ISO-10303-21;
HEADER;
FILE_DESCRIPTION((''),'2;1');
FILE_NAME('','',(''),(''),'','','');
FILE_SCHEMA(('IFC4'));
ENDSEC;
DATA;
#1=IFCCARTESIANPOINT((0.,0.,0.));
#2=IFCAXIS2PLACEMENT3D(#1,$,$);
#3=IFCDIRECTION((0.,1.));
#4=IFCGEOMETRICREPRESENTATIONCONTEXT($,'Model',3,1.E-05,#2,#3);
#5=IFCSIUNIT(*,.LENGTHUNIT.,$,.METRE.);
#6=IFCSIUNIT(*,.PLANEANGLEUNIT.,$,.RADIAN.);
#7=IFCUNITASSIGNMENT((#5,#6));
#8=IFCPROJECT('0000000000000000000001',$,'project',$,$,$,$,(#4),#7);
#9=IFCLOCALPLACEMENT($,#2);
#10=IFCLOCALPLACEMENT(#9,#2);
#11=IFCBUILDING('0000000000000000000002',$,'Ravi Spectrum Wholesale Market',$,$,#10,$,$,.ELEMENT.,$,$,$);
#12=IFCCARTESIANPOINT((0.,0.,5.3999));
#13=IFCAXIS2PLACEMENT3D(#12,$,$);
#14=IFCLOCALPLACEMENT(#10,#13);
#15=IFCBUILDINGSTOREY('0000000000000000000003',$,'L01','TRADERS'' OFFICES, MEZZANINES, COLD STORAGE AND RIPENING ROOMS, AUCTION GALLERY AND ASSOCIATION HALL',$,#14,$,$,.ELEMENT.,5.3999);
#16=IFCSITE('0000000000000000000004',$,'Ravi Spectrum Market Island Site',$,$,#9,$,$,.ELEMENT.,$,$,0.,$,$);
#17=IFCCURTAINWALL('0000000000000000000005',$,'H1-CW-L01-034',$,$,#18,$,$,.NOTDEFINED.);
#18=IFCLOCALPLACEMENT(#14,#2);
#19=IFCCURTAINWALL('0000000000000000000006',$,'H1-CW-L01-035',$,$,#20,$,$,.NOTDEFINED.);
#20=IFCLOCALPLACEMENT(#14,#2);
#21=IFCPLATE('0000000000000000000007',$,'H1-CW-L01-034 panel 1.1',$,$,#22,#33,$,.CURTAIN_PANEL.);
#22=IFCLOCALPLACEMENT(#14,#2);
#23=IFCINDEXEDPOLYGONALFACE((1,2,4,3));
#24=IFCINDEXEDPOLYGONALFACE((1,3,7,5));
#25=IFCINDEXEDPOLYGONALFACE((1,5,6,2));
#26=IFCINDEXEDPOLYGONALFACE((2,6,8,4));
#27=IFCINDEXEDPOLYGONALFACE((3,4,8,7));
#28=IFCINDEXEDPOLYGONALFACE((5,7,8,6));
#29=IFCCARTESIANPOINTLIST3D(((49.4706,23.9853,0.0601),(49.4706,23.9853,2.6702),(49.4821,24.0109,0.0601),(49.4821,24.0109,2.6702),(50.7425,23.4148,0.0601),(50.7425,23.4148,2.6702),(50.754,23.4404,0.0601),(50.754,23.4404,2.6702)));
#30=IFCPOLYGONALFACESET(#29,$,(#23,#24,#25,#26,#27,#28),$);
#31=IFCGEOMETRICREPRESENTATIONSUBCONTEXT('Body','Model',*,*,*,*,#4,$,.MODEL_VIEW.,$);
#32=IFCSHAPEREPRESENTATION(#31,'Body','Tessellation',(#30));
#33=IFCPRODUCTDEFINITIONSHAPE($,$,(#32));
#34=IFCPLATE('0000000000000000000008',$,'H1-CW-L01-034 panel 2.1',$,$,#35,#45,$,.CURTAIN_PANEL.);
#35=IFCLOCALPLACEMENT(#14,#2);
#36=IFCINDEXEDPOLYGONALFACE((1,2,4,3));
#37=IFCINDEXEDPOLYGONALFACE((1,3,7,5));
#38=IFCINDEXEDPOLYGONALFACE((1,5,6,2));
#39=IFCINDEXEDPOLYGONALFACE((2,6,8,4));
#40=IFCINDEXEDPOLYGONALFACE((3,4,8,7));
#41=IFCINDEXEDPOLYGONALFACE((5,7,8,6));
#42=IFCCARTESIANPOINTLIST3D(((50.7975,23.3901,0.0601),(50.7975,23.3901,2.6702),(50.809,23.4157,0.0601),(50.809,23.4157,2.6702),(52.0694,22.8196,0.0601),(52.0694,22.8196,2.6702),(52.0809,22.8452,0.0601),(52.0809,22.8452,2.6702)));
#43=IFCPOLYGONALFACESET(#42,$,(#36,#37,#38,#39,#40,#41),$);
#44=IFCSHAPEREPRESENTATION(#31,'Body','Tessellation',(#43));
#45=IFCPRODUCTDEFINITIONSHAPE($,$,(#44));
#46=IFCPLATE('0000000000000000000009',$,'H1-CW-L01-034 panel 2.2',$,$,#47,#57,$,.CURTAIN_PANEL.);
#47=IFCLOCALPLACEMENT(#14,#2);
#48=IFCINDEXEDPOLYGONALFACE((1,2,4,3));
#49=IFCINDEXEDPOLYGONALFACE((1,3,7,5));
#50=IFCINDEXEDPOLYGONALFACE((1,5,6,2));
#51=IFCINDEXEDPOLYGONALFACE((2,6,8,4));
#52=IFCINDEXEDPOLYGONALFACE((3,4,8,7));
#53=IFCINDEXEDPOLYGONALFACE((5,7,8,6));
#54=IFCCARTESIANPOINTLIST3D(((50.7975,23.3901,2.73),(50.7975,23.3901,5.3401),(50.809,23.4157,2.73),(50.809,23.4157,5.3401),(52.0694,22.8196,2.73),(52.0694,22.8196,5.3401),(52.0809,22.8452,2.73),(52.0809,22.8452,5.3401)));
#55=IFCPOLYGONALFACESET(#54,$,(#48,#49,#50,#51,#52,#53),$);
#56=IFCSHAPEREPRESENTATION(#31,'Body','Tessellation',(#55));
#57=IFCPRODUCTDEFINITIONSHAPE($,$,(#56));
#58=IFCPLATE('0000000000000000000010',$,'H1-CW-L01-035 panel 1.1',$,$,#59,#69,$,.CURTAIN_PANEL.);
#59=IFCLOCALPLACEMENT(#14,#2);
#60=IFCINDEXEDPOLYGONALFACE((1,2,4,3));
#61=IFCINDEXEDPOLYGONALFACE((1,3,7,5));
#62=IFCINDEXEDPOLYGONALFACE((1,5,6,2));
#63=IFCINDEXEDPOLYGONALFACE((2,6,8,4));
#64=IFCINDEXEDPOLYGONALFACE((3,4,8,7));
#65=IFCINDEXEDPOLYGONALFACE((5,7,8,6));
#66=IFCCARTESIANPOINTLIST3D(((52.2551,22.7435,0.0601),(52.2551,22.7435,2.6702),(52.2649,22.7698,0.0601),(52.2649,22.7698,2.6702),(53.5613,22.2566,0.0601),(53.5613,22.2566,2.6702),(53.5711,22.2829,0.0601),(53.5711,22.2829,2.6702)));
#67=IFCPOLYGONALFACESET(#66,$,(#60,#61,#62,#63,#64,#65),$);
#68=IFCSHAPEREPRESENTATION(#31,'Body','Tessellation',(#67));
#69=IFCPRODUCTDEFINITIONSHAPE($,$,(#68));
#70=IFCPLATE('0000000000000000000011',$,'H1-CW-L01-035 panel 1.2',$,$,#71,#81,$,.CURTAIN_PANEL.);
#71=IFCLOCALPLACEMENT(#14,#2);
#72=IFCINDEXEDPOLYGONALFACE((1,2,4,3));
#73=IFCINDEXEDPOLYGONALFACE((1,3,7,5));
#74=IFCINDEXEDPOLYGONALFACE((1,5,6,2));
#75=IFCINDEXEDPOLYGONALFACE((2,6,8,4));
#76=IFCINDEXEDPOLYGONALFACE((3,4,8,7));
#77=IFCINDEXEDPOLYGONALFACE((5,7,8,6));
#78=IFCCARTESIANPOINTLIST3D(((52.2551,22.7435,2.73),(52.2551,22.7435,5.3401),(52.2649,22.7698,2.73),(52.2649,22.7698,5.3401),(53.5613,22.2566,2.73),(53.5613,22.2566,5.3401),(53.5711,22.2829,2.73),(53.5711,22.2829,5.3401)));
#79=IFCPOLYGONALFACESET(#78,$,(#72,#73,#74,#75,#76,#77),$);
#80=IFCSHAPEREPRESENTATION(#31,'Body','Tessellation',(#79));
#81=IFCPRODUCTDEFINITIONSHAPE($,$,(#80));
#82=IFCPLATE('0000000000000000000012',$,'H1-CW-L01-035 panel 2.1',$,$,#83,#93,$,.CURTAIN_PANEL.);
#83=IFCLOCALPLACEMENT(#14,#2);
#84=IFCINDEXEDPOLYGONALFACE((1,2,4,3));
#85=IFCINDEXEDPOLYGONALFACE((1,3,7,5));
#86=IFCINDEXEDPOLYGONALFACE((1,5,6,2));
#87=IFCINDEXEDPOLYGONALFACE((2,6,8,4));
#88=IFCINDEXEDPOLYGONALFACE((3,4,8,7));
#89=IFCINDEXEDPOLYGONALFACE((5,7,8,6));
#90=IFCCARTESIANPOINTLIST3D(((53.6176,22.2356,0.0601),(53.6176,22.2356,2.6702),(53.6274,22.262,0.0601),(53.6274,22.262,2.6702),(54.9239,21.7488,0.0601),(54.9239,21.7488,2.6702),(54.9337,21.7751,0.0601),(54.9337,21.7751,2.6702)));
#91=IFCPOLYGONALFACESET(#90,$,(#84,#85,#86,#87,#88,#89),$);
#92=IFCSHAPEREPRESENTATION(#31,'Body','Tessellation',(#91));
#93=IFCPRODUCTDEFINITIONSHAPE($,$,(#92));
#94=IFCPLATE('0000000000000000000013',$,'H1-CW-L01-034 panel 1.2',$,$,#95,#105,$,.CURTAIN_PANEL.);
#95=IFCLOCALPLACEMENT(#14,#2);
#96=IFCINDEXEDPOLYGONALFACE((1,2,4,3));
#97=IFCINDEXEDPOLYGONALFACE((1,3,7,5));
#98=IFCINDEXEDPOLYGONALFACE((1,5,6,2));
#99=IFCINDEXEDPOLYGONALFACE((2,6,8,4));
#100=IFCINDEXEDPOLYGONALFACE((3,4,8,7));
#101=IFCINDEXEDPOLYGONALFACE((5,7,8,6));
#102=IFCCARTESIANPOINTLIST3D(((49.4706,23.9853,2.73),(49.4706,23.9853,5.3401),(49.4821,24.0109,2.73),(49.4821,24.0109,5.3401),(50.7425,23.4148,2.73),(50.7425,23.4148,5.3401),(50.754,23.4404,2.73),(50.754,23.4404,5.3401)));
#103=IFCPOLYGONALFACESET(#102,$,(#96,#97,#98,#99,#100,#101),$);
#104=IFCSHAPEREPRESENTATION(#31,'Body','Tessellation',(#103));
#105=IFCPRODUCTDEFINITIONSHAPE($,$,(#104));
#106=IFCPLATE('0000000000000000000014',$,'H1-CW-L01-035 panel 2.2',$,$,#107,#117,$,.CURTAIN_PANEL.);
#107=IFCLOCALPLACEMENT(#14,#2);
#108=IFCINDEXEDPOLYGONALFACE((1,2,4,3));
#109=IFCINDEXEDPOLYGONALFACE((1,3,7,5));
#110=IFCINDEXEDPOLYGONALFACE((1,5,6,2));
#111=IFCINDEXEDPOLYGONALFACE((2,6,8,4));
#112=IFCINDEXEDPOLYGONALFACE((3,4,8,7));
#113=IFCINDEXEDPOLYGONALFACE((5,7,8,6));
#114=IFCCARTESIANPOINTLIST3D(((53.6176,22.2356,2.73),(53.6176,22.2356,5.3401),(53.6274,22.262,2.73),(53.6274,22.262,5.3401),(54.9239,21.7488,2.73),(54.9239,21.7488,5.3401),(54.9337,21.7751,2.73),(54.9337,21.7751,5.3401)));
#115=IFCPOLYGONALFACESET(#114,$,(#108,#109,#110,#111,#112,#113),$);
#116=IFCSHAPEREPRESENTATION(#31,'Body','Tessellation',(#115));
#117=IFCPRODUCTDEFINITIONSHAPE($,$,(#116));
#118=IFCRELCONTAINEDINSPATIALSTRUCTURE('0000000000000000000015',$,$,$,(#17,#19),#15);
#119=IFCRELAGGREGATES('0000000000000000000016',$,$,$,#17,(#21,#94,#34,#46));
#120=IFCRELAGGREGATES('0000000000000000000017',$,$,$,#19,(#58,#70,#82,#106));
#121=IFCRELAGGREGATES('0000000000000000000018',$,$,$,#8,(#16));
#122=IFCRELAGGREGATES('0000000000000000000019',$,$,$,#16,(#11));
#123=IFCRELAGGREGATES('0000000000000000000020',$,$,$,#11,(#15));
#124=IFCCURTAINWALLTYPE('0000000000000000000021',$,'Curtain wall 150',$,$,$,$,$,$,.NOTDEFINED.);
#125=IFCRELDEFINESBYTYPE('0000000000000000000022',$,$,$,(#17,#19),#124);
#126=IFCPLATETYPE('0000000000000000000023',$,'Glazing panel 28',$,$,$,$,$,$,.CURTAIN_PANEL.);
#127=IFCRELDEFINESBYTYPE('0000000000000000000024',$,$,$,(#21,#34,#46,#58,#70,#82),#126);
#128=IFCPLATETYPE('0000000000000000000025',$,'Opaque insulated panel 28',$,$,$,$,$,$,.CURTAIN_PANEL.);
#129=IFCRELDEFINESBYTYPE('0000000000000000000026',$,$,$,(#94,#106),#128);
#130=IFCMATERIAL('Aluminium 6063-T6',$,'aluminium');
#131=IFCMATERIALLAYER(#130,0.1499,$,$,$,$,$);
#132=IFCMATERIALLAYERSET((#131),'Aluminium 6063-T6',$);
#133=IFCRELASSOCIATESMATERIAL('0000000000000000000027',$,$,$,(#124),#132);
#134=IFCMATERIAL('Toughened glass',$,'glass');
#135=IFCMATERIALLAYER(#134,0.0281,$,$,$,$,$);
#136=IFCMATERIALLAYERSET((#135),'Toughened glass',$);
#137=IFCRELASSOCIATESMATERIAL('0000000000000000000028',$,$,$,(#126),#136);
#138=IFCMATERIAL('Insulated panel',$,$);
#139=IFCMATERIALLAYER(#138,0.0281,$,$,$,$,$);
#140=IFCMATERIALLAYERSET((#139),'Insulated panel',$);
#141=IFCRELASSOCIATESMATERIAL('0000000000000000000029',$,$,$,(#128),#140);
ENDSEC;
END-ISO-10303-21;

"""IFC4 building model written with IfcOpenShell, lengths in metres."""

from ifc_helpers import new_model, si_unit, direction, frame, origin, origin_2d, place, context, subcontext, project, spatial, rectangle, extrude, material, layer, layer_set, type_object, element, aggregate, save


model = new_model("IFC4")

# Units and contexts
model_context = context("Model", 3, precision=1e-05, world=origin(), true_north=direction((0.0, 1.0)))
body_context = subcontext(model_context, "Body", "Model", "MODEL_VIEW")
ifc_project = project(units=[si_unit("LENGTHUNIT", "METRE"), si_unit("PLANEANGLEUNIT", "RADIAN")], contexts=[model_context])

# Site, building, storey
site_placement = place(None, origin())
site = spatial("IfcSite", under=ifc_project, at=site_placement, Name="Ravi Spectrum Market Island Site", CompositionType="ELEMENT", RefElevation=0.0)
building_placement = place(site_placement, origin())
building = spatial("IfcBuilding", under=site, at=building_placement, Name="Ravi Spectrum Wholesale Market", CompositionType="ELEMENT")
storey_placement = place(building_placement, frame((0.0, 0.0, 5.3999)))
storey = spatial("IfcBuildingStorey", under=building, at=storey_placement, Name="L01", Description="TRADERS' OFFICES, MEZZANINES, COLD STORAGE AND RIPENING ROOMS, AUCTION GALLERY AND ASSOCIATION HALL", CompositionType="ELEMENT", Elevation=5.3999)

# Curtain walls
ifc_material_1 = material(Name="Aluminium 6063-T6", Category="aluminium")
ifc_layer_1 = layer(ifc_material_1, 0.1499)
ifc_layer_set_1 = layer_set([ifc_layer_1], Name="Aluminium 6063-T6")
curtain_wall_type = type_object("IfcCurtainWallType", Name="Curtain wall 150", PredefinedType="NOTDEFINED", material=ifc_layer_set_1)
curtain_wall_1_placement = place(storey_placement, origin())
curtain_wall_1 = element("IfcCurtainWall", 1, at=curtain_wall_1_placement, inside=storey, type_object=curtain_wall_type, Name="H1-CW-L01-034", PredefinedType="NOTDEFINED")
curtain_wall_2_placement = place(storey_placement, origin())
curtain_wall_2 = element("IfcCurtainWall", 2, at=curtain_wall_2_placement, inside=storey, type_object=curtain_wall_type, Name="H1-CW-L01-035", PredefinedType="NOTDEFINED")

# Plates
ifc_material_2 = material(Name="Toughened glass", Category="glass")
ifc_layer_2 = layer(ifc_material_2, 0.0281)
ifc_layer_set_2 = layer_set([ifc_layer_2], Name="Toughened glass")
plate_type_1 = type_object("IfcPlateType", Name="Glazing panel 28", PredefinedType="CURTAIN_PANEL", material=ifc_layer_set_2)
plate_1_placement = place(storey_placement, frame((50.1123, 23.7129, 0.0601), z_axis=(0.0, 0.0, 1.0), x_axis=(0.912426, -0.409242, 0.0)))
plate_1 = element("IfcPlate", 3, at=plate_1_placement, type_object=plate_type_1, Name="H1-CW-L01-034 panel 1.1", PredefinedType="CURTAIN_PANEL", context=body_context, shape_type="SweptSolid", body=[
    extrude(rectangle(XDim=1.394, YDim=0.0281, at=origin_2d()), origin(), (0.0, 0.0, 1.0), 2.6101),
])
plate_2_placement = place(storey_placement, frame((51.4392, 23.1177, 0.0601), z_axis=(0.0, 0.0, 1.0), x_axis=(0.912426, -0.409242, 0.0)))
plate_2 = element("IfcPlate", 4, at=plate_2_placement, type_object=plate_type_1, Name="H1-CW-L01-034 panel 2.1", PredefinedType="CURTAIN_PANEL", context=body_context, shape_type="SweptSolid", body=[
    extrude(rectangle(XDim=1.394, YDim=0.0281, at=origin_2d()), origin(), (0.0, 0.0, 1.0), 2.6101),
])
plate_3_placement = place(storey_placement, frame((51.4392, 23.1177, 2.73), z_axis=(0.0, 0.0, 1.0), x_axis=(0.912426, -0.409242, 0.0)))
plate_3 = element("IfcPlate", 5, at=plate_3_placement, type_object=plate_type_1, Name="H1-CW-L01-034 panel 2.2", PredefinedType="CURTAIN_PANEL", context=body_context, shape_type="SweptSolid", body=[
    extrude(rectangle(XDim=1.394, YDim=0.0281, at=origin_2d()), origin(), (0.0, 0.0, 1.0), 2.6101),
])
plate_4_placement = place(storey_placement, frame((52.9131, 22.5132, 0.0601), z_axis=(0.0, 0.0, 1.0), x_axis=(0.937034, -0.349238, 0.0)))
plate_4 = element("IfcPlate", 6, at=plate_4_placement, type_object=plate_type_1, Name="H1-CW-L01-035 panel 1.1", PredefinedType="CURTAIN_PANEL", context=body_context, shape_type="SweptSolid", body=[
    extrude(rectangle(XDim=1.394, YDim=0.0281, at=origin_2d()), origin(), (0.0, 0.0, 1.0), 2.6101),
])
plate_5_placement = place(storey_placement, frame((52.9131, 22.5132, 2.73), z_axis=(0.0, 0.0, 1.0), x_axis=(0.937034, -0.349238, 0.0)))
plate_5 = element("IfcPlate", 7, at=plate_5_placement, type_object=plate_type_1, Name="H1-CW-L01-035 panel 1.2", PredefinedType="CURTAIN_PANEL", context=body_context, shape_type="SweptSolid", body=[
    extrude(rectangle(XDim=1.394, YDim=0.0281, at=origin_2d()), origin(), (0.0, 0.0, 1.0), 2.6101),
])
plate_6_placement = place(storey_placement, frame((54.2756, 22.0054, 0.0601), z_axis=(0.0, 0.0, 1.0), x_axis=(0.937034, -0.349238, 0.0)))
plate_6 = element("IfcPlate", 8, at=plate_6_placement, type_object=plate_type_1, Name="H1-CW-L01-035 panel 2.1", PredefinedType="CURTAIN_PANEL", context=body_context, shape_type="SweptSolid", body=[
    extrude(rectangle(XDim=1.394, YDim=0.0281, at=origin_2d()), origin(), (0.0, 0.0, 1.0), 2.6101),
])
ifc_material_3 = material(Name="Insulated panel")
ifc_layer_3 = layer(ifc_material_3, 0.0281)
ifc_layer_set_3 = layer_set([ifc_layer_3], Name="Insulated panel")
plate_type_2 = type_object("IfcPlateType", Name="Opaque insulated panel 28", PredefinedType="CURTAIN_PANEL", material=ifc_layer_set_3)
plate_7_placement = place(storey_placement, frame((50.1123, 23.7129, 2.73), z_axis=(0.0, 0.0, 1.0), x_axis=(0.912426, -0.409242, 0.0)))
plate_7 = element("IfcPlate", 9, at=plate_7_placement, type_object=plate_type_2, Name="H1-CW-L01-034 panel 1.2", PredefinedType="CURTAIN_PANEL", context=body_context, shape_type="SweptSolid", body=[
    extrude(rectangle(XDim=1.394, YDim=0.0281, at=origin_2d()), origin(), (0.0, 0.0, 1.0), 2.6101),
])
aggregate(curtain_wall_1, [plate_1, plate_7, plate_2, plate_3])
plate_8_placement = place(storey_placement, frame((54.2756, 22.0054, 2.73), z_axis=(0.0, 0.0, 1.0), x_axis=(0.937034, -0.349238, 0.0)))
plate_8 = element("IfcPlate", 10, at=plate_8_placement, type_object=plate_type_2, Name="H1-CW-L01-035 panel 2.2", PredefinedType="CURTAIN_PANEL", context=body_context, shape_type="SweptSolid", body=[
    extrude(rectangle(XDim=1.394, YDim=0.0281, at=origin_2d()), origin(), (0.0, 0.0, 1.0), 2.6101),
])
aggregate(curtain_wall_2, [plate_4, plate_5, plate_6, plate_8])

save(model, "model.ifc")
